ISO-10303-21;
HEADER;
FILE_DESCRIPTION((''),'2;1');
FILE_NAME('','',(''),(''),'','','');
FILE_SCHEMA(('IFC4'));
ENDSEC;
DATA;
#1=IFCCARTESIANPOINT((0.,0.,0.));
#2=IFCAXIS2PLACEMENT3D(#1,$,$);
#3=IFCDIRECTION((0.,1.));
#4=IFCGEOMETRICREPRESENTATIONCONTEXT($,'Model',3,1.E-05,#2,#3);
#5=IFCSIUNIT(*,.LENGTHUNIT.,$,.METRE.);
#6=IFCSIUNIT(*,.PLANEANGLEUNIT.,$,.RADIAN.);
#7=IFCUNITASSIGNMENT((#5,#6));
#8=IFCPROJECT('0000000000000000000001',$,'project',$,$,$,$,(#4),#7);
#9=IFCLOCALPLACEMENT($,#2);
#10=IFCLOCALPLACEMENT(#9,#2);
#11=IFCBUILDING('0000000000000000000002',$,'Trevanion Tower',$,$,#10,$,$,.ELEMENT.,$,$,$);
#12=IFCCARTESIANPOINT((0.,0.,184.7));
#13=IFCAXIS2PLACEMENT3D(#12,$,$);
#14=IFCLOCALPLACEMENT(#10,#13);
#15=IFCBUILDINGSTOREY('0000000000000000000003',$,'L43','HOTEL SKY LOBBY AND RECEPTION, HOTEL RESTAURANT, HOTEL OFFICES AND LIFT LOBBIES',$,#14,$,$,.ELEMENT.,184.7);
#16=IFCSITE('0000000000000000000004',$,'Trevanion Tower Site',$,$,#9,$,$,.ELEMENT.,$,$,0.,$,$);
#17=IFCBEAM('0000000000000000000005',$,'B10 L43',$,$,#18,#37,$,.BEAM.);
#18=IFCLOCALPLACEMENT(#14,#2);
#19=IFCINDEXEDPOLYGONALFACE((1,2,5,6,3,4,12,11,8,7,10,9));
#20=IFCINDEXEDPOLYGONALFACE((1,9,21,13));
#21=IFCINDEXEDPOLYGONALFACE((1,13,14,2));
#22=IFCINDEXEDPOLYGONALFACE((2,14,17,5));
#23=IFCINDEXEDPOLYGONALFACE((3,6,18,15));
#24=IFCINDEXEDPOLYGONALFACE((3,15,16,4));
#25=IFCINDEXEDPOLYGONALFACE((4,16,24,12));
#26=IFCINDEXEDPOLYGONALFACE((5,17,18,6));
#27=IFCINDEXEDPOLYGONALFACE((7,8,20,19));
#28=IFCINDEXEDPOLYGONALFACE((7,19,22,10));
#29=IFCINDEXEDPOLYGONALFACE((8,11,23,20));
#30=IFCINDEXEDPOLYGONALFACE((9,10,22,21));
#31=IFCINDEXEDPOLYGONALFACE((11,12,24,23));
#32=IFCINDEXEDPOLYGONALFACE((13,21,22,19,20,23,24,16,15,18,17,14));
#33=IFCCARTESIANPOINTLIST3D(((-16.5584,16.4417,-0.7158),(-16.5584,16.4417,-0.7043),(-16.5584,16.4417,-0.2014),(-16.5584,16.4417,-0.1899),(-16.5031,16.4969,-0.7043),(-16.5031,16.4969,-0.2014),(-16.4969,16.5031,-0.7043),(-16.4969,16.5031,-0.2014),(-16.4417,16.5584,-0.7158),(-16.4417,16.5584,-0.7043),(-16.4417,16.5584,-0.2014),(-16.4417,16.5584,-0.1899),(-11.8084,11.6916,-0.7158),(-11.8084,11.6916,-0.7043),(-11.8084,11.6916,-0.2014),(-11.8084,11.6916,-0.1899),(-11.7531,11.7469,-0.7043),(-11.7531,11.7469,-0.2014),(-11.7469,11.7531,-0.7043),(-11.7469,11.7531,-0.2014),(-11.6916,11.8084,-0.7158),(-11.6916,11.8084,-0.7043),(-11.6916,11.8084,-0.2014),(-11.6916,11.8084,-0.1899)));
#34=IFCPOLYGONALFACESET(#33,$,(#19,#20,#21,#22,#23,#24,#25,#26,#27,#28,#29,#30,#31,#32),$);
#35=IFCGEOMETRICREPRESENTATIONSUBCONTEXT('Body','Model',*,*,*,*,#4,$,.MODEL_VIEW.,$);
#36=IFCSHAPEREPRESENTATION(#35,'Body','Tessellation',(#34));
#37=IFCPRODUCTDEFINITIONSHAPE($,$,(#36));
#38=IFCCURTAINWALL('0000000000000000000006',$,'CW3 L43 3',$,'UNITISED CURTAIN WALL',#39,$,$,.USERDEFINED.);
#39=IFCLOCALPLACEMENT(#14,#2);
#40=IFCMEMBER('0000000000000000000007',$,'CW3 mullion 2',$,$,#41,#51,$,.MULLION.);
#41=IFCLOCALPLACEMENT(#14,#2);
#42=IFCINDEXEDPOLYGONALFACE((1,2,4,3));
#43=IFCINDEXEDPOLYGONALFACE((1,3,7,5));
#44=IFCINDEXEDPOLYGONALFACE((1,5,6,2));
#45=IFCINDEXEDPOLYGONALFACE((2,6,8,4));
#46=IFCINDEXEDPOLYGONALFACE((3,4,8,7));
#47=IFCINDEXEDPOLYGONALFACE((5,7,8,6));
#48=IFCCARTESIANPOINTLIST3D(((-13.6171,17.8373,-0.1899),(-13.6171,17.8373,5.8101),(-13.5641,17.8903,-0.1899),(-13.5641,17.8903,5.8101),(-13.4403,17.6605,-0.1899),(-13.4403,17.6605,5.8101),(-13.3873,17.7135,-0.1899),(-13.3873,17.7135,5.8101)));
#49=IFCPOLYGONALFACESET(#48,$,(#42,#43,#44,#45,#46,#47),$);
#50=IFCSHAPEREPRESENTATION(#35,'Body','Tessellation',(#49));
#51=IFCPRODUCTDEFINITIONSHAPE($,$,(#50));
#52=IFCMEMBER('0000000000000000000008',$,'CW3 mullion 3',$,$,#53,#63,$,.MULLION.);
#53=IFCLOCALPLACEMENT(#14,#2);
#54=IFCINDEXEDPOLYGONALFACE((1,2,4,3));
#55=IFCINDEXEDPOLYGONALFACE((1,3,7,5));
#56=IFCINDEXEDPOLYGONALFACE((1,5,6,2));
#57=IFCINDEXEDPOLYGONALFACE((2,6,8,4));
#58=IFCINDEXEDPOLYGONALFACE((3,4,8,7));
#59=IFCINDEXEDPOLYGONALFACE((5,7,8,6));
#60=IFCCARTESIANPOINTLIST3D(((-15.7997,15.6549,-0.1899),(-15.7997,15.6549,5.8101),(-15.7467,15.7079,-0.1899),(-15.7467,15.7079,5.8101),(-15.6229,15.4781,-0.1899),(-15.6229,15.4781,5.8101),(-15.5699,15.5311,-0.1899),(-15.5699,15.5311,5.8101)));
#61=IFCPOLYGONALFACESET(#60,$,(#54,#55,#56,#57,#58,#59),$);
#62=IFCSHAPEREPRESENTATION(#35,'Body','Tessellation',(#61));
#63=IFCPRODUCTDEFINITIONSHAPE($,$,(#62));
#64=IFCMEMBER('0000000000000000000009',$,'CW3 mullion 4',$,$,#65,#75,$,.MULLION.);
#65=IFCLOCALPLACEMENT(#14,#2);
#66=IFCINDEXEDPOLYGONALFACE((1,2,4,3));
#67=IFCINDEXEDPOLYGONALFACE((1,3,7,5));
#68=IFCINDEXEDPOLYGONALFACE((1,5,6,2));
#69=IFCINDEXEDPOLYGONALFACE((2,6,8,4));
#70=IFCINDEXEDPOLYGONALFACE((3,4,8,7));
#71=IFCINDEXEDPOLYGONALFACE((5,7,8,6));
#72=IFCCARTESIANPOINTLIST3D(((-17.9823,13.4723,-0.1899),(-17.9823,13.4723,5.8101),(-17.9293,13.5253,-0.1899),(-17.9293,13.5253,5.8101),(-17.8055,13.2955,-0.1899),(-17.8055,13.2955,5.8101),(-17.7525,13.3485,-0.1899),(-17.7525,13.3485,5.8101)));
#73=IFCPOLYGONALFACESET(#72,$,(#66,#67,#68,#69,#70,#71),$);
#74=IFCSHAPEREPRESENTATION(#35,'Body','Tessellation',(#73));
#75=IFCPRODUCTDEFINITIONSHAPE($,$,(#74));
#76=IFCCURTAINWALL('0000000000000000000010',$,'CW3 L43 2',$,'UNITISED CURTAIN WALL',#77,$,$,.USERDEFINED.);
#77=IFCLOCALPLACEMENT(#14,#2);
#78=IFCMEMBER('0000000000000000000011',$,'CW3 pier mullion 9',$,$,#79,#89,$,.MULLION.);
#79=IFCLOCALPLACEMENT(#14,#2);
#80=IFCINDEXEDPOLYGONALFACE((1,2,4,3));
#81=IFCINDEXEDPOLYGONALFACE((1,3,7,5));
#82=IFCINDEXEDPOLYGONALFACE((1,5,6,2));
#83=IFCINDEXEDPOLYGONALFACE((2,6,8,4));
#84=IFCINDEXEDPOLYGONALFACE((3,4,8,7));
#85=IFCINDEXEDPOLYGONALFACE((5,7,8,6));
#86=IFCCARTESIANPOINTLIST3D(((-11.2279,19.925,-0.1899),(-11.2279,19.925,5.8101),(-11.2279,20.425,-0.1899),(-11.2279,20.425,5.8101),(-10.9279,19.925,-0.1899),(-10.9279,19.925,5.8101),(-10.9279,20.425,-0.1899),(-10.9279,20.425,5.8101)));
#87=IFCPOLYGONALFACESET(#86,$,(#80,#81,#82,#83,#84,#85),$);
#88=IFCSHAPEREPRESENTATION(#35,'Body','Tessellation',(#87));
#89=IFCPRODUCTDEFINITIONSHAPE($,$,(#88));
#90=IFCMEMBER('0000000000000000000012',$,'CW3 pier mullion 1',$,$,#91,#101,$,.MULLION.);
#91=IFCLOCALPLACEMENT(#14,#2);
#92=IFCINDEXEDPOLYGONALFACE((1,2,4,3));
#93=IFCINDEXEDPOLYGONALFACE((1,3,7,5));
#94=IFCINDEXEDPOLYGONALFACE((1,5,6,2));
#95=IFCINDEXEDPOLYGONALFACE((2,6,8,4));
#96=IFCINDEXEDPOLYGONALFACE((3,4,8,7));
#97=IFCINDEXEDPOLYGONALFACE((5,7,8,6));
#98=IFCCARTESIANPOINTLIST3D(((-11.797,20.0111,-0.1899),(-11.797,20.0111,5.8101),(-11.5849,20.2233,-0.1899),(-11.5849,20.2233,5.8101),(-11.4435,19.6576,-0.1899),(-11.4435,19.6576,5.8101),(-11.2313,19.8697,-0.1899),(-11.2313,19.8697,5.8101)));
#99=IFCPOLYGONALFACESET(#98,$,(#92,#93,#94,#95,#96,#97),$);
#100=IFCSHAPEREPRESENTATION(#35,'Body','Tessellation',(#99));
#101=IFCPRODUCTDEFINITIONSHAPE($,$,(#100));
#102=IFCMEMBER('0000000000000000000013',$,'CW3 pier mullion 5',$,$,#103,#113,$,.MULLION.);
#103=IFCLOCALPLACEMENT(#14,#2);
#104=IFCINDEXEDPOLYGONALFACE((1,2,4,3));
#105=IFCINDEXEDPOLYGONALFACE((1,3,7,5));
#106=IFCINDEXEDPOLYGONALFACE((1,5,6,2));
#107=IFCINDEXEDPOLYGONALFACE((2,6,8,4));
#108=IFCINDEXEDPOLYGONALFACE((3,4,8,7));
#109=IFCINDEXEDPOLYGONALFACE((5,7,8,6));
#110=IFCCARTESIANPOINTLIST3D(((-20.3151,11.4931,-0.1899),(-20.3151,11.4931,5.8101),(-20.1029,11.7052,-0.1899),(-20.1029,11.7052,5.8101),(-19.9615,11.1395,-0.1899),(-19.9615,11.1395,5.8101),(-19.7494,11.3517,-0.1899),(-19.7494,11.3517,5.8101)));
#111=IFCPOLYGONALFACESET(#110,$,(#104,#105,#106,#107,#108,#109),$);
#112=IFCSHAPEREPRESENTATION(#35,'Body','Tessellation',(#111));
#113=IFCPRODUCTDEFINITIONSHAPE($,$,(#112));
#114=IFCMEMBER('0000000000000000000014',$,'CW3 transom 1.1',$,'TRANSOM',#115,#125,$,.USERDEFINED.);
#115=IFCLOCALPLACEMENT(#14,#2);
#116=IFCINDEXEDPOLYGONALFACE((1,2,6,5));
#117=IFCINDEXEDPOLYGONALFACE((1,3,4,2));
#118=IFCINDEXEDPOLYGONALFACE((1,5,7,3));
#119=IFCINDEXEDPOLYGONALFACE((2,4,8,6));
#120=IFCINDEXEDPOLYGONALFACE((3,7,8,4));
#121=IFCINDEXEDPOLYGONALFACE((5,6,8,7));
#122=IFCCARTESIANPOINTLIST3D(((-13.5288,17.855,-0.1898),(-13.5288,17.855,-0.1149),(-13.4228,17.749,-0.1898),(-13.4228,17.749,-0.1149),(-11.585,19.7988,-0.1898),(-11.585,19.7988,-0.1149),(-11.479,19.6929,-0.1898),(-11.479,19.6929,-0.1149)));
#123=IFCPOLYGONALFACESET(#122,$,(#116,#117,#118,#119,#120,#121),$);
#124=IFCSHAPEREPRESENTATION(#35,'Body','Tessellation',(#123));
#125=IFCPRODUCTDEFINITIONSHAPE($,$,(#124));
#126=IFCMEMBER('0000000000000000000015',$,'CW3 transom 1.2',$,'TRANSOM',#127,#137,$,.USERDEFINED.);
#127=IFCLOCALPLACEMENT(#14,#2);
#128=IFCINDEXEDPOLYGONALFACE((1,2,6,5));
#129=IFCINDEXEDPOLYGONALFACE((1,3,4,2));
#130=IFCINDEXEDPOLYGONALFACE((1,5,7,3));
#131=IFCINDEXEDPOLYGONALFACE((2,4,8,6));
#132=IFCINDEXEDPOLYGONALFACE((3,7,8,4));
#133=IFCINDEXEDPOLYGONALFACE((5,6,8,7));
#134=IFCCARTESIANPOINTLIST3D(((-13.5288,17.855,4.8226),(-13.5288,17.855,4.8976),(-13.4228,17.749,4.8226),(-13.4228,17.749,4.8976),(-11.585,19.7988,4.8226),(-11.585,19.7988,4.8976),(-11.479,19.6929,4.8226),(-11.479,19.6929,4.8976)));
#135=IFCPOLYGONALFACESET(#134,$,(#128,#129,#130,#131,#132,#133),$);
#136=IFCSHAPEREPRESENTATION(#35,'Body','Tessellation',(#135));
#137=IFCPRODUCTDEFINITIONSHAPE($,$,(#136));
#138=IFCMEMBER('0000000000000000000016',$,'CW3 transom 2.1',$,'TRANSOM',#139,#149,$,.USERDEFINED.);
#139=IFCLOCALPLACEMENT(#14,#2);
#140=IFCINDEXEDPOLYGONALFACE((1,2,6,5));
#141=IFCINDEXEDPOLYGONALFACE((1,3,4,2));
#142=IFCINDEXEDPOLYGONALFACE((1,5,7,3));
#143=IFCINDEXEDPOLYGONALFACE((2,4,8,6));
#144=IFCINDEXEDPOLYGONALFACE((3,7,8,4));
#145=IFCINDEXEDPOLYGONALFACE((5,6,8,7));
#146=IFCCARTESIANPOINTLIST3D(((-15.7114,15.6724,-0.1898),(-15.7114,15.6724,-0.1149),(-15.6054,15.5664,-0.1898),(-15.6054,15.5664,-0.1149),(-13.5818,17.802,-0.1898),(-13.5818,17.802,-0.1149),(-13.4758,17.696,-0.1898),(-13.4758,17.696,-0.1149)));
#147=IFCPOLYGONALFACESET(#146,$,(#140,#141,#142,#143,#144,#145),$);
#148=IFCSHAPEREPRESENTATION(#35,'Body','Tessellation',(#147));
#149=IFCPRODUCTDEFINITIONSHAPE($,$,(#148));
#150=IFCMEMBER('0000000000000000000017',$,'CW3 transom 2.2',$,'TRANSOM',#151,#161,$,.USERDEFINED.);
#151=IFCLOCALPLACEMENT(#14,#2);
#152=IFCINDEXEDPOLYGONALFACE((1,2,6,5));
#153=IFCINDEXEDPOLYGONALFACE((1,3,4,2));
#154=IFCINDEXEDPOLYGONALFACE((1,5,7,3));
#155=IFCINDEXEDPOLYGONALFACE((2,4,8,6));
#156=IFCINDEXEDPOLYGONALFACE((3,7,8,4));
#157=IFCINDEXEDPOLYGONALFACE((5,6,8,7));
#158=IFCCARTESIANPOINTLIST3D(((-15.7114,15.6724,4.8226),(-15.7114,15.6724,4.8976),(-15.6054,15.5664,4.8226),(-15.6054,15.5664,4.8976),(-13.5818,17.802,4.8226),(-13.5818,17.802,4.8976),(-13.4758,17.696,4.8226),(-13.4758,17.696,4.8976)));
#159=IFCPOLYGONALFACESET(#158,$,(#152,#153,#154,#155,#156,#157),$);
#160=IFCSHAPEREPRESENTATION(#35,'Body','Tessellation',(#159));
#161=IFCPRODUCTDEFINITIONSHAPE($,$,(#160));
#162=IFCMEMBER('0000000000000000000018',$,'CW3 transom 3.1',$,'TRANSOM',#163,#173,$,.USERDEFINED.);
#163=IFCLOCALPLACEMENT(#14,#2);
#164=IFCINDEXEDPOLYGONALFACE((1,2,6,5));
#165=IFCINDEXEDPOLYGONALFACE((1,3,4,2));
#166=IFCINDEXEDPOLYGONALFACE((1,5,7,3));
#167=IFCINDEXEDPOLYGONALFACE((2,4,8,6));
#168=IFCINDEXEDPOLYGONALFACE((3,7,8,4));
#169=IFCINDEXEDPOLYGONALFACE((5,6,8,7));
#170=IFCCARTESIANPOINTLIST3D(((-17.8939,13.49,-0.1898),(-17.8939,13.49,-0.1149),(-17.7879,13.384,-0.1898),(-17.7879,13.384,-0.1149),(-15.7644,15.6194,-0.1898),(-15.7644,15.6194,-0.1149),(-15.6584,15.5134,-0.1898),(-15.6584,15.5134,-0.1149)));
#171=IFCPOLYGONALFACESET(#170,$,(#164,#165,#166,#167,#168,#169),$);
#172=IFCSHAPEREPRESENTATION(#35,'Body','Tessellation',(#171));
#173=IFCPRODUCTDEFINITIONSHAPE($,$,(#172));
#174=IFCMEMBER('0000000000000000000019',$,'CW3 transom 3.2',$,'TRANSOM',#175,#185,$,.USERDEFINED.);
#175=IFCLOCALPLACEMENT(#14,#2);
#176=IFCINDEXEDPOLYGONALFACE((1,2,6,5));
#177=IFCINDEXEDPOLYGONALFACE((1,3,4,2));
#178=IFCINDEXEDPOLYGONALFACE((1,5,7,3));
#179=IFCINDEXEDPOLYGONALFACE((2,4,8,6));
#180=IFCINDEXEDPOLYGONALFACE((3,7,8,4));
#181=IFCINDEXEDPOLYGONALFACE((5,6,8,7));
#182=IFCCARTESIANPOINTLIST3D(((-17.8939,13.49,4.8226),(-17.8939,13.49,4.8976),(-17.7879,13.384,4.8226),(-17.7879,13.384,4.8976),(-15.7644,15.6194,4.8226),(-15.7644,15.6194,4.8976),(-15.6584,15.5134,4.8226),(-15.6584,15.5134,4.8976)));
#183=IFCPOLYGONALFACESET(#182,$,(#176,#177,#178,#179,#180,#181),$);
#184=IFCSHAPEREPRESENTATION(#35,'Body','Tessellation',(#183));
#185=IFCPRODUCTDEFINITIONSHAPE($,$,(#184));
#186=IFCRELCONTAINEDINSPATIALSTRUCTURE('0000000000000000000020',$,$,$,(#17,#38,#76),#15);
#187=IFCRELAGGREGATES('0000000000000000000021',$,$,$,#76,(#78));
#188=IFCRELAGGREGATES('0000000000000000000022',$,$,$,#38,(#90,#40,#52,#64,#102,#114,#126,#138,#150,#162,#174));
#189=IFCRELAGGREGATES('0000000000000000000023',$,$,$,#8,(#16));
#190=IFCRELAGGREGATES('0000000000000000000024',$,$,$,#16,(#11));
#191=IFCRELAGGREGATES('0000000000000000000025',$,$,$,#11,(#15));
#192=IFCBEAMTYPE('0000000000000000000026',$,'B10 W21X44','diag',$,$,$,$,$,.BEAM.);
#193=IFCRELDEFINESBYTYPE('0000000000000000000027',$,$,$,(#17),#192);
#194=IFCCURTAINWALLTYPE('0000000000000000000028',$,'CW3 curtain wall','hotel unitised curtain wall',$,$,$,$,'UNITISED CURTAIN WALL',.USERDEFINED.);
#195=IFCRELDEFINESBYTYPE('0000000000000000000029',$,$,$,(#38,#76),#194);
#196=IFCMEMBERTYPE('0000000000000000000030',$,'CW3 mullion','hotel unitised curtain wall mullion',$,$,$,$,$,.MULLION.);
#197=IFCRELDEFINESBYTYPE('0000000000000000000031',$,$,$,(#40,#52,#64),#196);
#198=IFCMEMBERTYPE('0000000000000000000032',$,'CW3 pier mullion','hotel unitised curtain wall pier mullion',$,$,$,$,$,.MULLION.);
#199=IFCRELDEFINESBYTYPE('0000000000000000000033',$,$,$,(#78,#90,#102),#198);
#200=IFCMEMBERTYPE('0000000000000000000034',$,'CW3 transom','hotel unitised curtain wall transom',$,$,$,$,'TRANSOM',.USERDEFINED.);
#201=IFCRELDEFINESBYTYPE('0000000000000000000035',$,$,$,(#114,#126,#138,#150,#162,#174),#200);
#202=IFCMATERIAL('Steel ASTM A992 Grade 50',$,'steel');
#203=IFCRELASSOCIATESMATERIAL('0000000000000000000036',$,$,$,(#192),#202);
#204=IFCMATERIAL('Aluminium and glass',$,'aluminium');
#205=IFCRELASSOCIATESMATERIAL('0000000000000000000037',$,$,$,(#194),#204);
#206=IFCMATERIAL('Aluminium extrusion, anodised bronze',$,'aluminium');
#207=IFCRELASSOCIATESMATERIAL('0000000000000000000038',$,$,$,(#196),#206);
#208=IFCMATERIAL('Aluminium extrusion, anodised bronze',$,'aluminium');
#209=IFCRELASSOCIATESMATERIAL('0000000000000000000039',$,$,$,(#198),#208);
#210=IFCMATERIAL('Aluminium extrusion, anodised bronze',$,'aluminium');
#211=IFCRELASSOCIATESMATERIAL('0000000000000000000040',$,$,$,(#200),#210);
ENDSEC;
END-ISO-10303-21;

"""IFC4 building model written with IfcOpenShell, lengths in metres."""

from ifc_helpers import new_model, si_unit, direction, frame, origin, origin_2d, place, context, subcontext, project, spatial, rectangle, i_section, extrude, material, material_profile, profile_set, type_object, element, aggregate, save


model = new_model("IFC4")

# Units and contexts
model_context = context("Model", 3, precision=1e-05, world=origin(), true_north=direction((0.0, 1.0)))
body_context = subcontext(model_context, "Body", "Model", "MODEL_VIEW")
ifc_project = project(units=[si_unit("LENGTHUNIT", "METRE"), si_unit("PLANEANGLEUNIT", "RADIAN")], contexts=[model_context])

# Site, building, storey
site_placement = place(None, origin())
site = spatial("IfcSite", under=ifc_project, at=site_placement, Name="Trevanion Tower Site", CompositionType="ELEMENT", RefElevation=0.0)
building_placement = place(site_placement, origin())
building = spatial("IfcBuilding", under=site, at=building_placement, Name="Trevanion Tower", CompositionType="ELEMENT")
storey_placement = place(building_placement, frame((0.0, 0.0, 184.7)))
storey = spatial("IfcBuildingStorey", under=building, at=storey_placement, Name="L43", Description="HOTEL SKY LOBBY AND RECEPTION, HOTEL RESTAURANT, HOTEL OFFICES AND LIFT LOBBIES", CompositionType="ELEMENT", Elevation=184.7)

# Beam
ifc_material_1 = material(Name="Steel ASTM A992 Grade 50", Category="steel")
ifc_material_profile_1 = material_profile(ifc_material_1, i_section(OverallWidth=0.165, OverallDepth=0.5259, WebThickness=0.0088, FlangeThickness=0.0115, at=origin_2d()), Name="W21X44")
ifc_profile_set_1 = profile_set([ifc_material_profile_1], Name="Steel ASTM A992 Grade 50")
beam_type = type_object("IfcBeamType", Name="B10 W21X44", Description="diag", PredefinedType="BEAM", material=ifc_profile_set_1)
beam_placement = place(storey_placement, frame((-11.75, 11.75, -0.4529), z_axis=(-0.707107, 0.707107, 0.0), x_axis=(-0.707107, -0.707107, 0.0)))
element("IfcBeam", 1, at=beam_placement, inside=storey, type_object=beam_type, Name="B10 L43", PredefinedType="BEAM", context=body_context, shape_type="SweptSolid", body=[
    extrude(i_section(OverallWidth=0.165, OverallDepth=0.5259, WebThickness=0.0088, FlangeThickness=0.0115, at=origin_2d()), origin(), (0.0, 0.0, 1.0), 6.7175),
])

# Curtain wall, members
ifc_material_2 = material(Name="Aluminium and glass", Category="aluminium")
curtain_wall_type = type_object("IfcCurtainWallType", Name="CW3 curtain wall", Description="hotel unitised curtain wall", ElementType="UNITISED CURTAIN WALL", PredefinedType="USERDEFINED", material=ifc_material_2)
curtain_wall_1_placement = place(storey_placement, origin())
curtain_wall_1 = element("IfcCurtainWall", 2, at=curtain_wall_1_placement, inside=storey, type_object=curtain_wall_type, Name="CW3 L43 3", ObjectType="UNITISED CURTAIN WALL", PredefinedType="USERDEFINED")
ifc_material_3 = material(Name="Aluminium extrusion, anodised bronze", Category="aluminium")
ifc_material_profile_2 = material_profile(ifc_material_3, rectangle(XDim=0.075, YDim=0.25, at=origin_2d()), Name="CW3 mullion")
ifc_profile_set_2 = profile_set([ifc_material_profile_2], Name="Aluminium extrusion, anodised bronze")
member_type_1 = type_object("IfcMemberType", Name="CW3 mullion", Description="hotel unitised curtain wall mullion", PredefinedType="MULLION", material=ifc_profile_set_2)
member_1_placement = place(storey_placement, frame((-13.5022, 17.7754, -0.1899), z_axis=(0.0, 0.0, 1.0), x_axis=(-0.707107, -0.707107, 0.0)))
member_1 = element("IfcMember", 3, at=member_1_placement, type_object=member_type_1, Name="CW3 mullion 2", PredefinedType="MULLION", context=body_context, shape_type="SweptSolid", body=[
    extrude(rectangle(XDim=0.075, YDim=0.25, at=origin_2d()), origin(), (0.0, 0.0, 1.0), 6.0),
])
member_2_placement = place(storey_placement, frame((-15.6848, 15.593, -0.1899), z_axis=(0.0, 0.0, 1.0), x_axis=(-0.707107, -0.707107, 0.0)))
member_2 = element("IfcMember", 4, at=member_2_placement, type_object=member_type_1, Name="CW3 mullion 3", PredefinedType="MULLION", context=body_context, shape_type="SweptSolid", body=[
    extrude(rectangle(XDim=0.075, YDim=0.25, at=origin_2d()), origin(), (0.0, 0.0, 1.0), 6.0),
])
member_3_placement = place(storey_placement, frame((-17.8674, 13.4104, -0.1899), z_axis=(0.0, 0.0, 1.0), x_axis=(-0.707107, -0.707107, 0.0)))
member_3 = element("IfcMember", 5, at=member_3_placement, type_object=member_type_1, Name="CW3 mullion 4", PredefinedType="MULLION", context=body_context, shape_type="SweptSolid", body=[
    extrude(rectangle(XDim=0.075, YDim=0.25, at=origin_2d()), origin(), (0.0, 0.0, 1.0), 6.0),
])

# Curtain wall, member
curtain_wall_2_placement = place(storey_placement, origin())
curtain_wall_2 = element("IfcCurtainWall", 6, at=curtain_wall_2_placement, inside=storey, type_object=curtain_wall_type, Name="CW3 L43 2", ObjectType="UNITISED CURTAIN WALL", PredefinedType="USERDEFINED")
ifc_material_4 = material(Name="Aluminium extrusion, anodised bronze", Category="aluminium")
ifc_material_profile_3 = material_profile(ifc_material_4, rectangle(XDim=0.3, YDim=0.5, at=origin_2d()), Name="CW3 pier mullion")
ifc_profile_set_3 = profile_set([ifc_material_profile_3], Name="Aluminium extrusion, anodised bronze")
member_type_2 = type_object("IfcMemberType", Name="CW3 pier mullion", Description="hotel unitised curtain wall pier mullion", PredefinedType="MULLION", material=ifc_profile_set_3)
member_4_placement = place(storey_placement, frame((-11.0779, 20.175, -0.1899), z_axis=(0.0, 0.0, 1.0), x_axis=(-1.0, 0.0, 0.0)))
member_4 = element("IfcMember", 7, at=member_4_placement, type_object=member_type_2, Name="CW3 pier mullion 9", PredefinedType="MULLION", context=body_context, shape_type="SweptSolid", body=[
    extrude(rectangle(XDim=0.3, YDim=0.5, at=origin_2d()), origin(), (0.0, 0.0, 1.0), 6.0),
])
aggregate(curtain_wall_2, [member_4])

# Members
member_5_placement = place(storey_placement, frame((-11.5142, 19.9404, -0.1899), z_axis=(0.0, 0.0, 1.0), x_axis=(-0.707107, -0.707107, 0.0)))
member_5 = element("IfcMember", 8, at=member_5_placement, type_object=member_type_2, Name="CW3 pier mullion 1", PredefinedType="MULLION", context=body_context, shape_type="SweptSolid", body=[
    extrude(rectangle(XDim=0.3, YDim=0.5, at=origin_2d()), origin(), (0.0, 0.0, 1.0), 6.0),
])
member_6_placement = place(storey_placement, frame((-20.0322, 11.4224, -0.1899), z_axis=(0.0, 0.0, 1.0), x_axis=(-0.707107, -0.707107, 0.0)))
member_6 = element("IfcMember", 9, at=member_6_placement, type_object=member_type_2, Name="CW3 pier mullion 5", PredefinedType="MULLION", context=body_context, shape_type="SweptSolid", body=[
    extrude(rectangle(XDim=0.3, YDim=0.5, at=origin_2d()), origin(), (0.0, 0.0, 1.0), 6.0),
])
ifc_material_5 = material(Name="Aluminium extrusion, anodised bronze", Category="aluminium")
ifc_material_profile_4 = material_profile(ifc_material_5, rectangle(XDim=0.1499, YDim=0.075, at=origin_2d()), Name="CW3 transom")
ifc_profile_set_4 = profile_set([ifc_material_profile_4], Name="Aluminium extrusion, anodised bronze")
member_type_3 = type_object("IfcMemberType", Name="CW3 transom", Description="hotel unitised curtain wall transom", ElementType="TRANSOM", PredefinedType="USERDEFINED", material=ifc_profile_set_4)
member_7_placement = place(storey_placement, frame((-11.532, 19.7458, -0.1523), z_axis=(-0.707107, -0.707107, 0.0), x_axis=(0.707107, -0.707107, 0.0)))
member_7 = element("IfcMember", 10, at=member_7_placement, type_object=member_type_3, Name="CW3 transom 1.1", ObjectType="TRANSOM", PredefinedType="USERDEFINED", context=body_context, shape_type="SweptSolid", body=[
    extrude(rectangle(XDim=0.1499, YDim=0.075, at=origin_2d()), origin(), (0.0, 0.0, 1.0), 2.749),
])
member_8_placement = place(storey_placement, frame((-11.532, 19.7458, 4.8601), z_axis=(-0.707107, -0.707107, 0.0), x_axis=(0.707107, -0.707107, 0.0)))
member_8 = element("IfcMember", 11, at=member_8_placement, type_object=member_type_3, Name="CW3 transom 1.2", ObjectType="TRANSOM", PredefinedType="USERDEFINED", context=body_context, shape_type="SweptSolid", body=[
    extrude(rectangle(XDim=0.1499, YDim=0.075, at=origin_2d()), origin(), (0.0, 0.0, 1.0), 2.749),
])
member_9_placement = place(storey_placement, frame((-13.5288, 17.749, -0.1523), z_axis=(-0.707107, -0.707107, 0.0), x_axis=(0.707107, -0.707107, 0.0)))
member_9 = element("IfcMember", 12, at=member_9_placement, type_object=member_type_3, Name="CW3 transom 2.1", ObjectType="TRANSOM", PredefinedType="USERDEFINED", context=body_context, shape_type="SweptSolid", body=[
    extrude(rectangle(XDim=0.1499, YDim=0.075, at=origin_2d()), origin(), (0.0, 0.0, 1.0), 3.0117),
])
member_10_placement = place(storey_placement, frame((-13.5288, 17.749, 4.8601), z_axis=(-0.707107, -0.707107, 0.0), x_axis=(0.707107, -0.707107, 0.0)))
member_10 = element("IfcMember", 13, at=member_10_placement, type_object=member_type_3, Name="CW3 transom 2.2", ObjectType="TRANSOM", PredefinedType="USERDEFINED", context=body_context, shape_type="SweptSolid", body=[
    extrude(rectangle(XDim=0.1499, YDim=0.075, at=origin_2d()), origin(), (0.0, 0.0, 1.0), 3.0117),
])
member_11_placement = place(storey_placement, frame((-15.7114, 15.5664, -0.1523), z_axis=(-0.707107, -0.707107, 0.0), x_axis=(0.707107, -0.707107, 0.0)))
member_11 = element("IfcMember", 14, at=member_11_placement, type_object=member_type_3, Name="CW3 transom 3.1", ObjectType="TRANSOM", PredefinedType="USERDEFINED", context=body_context, shape_type="SweptSolid", body=[
    extrude(rectangle(XDim=0.1499, YDim=0.075, at=origin_2d()), origin(), (0.0, 0.0, 1.0), 3.0115),
])
member_12_placement = place(storey_placement, frame((-15.7114, 15.5664, 4.8601), z_axis=(-0.707107, -0.707107, 0.0), x_axis=(0.707107, -0.707107, 0.0)))
member_12 = element("IfcMember", 15, at=member_12_placement, type_object=member_type_3, Name="CW3 transom 3.2", ObjectType="TRANSOM", PredefinedType="USERDEFINED", context=body_context, shape_type="SweptSolid", body=[
    extrude(rectangle(XDim=0.1499, YDim=0.075, at=origin_2d()), origin(), (0.0, 0.0, 1.0), 3.0115),
])

aggregate(curtain_wall_1, [member_5, member_1, member_2, member_3, member_6, member_7, member_8, member_9, member_10, member_11, member_12])

save(model, "model.ifc")
